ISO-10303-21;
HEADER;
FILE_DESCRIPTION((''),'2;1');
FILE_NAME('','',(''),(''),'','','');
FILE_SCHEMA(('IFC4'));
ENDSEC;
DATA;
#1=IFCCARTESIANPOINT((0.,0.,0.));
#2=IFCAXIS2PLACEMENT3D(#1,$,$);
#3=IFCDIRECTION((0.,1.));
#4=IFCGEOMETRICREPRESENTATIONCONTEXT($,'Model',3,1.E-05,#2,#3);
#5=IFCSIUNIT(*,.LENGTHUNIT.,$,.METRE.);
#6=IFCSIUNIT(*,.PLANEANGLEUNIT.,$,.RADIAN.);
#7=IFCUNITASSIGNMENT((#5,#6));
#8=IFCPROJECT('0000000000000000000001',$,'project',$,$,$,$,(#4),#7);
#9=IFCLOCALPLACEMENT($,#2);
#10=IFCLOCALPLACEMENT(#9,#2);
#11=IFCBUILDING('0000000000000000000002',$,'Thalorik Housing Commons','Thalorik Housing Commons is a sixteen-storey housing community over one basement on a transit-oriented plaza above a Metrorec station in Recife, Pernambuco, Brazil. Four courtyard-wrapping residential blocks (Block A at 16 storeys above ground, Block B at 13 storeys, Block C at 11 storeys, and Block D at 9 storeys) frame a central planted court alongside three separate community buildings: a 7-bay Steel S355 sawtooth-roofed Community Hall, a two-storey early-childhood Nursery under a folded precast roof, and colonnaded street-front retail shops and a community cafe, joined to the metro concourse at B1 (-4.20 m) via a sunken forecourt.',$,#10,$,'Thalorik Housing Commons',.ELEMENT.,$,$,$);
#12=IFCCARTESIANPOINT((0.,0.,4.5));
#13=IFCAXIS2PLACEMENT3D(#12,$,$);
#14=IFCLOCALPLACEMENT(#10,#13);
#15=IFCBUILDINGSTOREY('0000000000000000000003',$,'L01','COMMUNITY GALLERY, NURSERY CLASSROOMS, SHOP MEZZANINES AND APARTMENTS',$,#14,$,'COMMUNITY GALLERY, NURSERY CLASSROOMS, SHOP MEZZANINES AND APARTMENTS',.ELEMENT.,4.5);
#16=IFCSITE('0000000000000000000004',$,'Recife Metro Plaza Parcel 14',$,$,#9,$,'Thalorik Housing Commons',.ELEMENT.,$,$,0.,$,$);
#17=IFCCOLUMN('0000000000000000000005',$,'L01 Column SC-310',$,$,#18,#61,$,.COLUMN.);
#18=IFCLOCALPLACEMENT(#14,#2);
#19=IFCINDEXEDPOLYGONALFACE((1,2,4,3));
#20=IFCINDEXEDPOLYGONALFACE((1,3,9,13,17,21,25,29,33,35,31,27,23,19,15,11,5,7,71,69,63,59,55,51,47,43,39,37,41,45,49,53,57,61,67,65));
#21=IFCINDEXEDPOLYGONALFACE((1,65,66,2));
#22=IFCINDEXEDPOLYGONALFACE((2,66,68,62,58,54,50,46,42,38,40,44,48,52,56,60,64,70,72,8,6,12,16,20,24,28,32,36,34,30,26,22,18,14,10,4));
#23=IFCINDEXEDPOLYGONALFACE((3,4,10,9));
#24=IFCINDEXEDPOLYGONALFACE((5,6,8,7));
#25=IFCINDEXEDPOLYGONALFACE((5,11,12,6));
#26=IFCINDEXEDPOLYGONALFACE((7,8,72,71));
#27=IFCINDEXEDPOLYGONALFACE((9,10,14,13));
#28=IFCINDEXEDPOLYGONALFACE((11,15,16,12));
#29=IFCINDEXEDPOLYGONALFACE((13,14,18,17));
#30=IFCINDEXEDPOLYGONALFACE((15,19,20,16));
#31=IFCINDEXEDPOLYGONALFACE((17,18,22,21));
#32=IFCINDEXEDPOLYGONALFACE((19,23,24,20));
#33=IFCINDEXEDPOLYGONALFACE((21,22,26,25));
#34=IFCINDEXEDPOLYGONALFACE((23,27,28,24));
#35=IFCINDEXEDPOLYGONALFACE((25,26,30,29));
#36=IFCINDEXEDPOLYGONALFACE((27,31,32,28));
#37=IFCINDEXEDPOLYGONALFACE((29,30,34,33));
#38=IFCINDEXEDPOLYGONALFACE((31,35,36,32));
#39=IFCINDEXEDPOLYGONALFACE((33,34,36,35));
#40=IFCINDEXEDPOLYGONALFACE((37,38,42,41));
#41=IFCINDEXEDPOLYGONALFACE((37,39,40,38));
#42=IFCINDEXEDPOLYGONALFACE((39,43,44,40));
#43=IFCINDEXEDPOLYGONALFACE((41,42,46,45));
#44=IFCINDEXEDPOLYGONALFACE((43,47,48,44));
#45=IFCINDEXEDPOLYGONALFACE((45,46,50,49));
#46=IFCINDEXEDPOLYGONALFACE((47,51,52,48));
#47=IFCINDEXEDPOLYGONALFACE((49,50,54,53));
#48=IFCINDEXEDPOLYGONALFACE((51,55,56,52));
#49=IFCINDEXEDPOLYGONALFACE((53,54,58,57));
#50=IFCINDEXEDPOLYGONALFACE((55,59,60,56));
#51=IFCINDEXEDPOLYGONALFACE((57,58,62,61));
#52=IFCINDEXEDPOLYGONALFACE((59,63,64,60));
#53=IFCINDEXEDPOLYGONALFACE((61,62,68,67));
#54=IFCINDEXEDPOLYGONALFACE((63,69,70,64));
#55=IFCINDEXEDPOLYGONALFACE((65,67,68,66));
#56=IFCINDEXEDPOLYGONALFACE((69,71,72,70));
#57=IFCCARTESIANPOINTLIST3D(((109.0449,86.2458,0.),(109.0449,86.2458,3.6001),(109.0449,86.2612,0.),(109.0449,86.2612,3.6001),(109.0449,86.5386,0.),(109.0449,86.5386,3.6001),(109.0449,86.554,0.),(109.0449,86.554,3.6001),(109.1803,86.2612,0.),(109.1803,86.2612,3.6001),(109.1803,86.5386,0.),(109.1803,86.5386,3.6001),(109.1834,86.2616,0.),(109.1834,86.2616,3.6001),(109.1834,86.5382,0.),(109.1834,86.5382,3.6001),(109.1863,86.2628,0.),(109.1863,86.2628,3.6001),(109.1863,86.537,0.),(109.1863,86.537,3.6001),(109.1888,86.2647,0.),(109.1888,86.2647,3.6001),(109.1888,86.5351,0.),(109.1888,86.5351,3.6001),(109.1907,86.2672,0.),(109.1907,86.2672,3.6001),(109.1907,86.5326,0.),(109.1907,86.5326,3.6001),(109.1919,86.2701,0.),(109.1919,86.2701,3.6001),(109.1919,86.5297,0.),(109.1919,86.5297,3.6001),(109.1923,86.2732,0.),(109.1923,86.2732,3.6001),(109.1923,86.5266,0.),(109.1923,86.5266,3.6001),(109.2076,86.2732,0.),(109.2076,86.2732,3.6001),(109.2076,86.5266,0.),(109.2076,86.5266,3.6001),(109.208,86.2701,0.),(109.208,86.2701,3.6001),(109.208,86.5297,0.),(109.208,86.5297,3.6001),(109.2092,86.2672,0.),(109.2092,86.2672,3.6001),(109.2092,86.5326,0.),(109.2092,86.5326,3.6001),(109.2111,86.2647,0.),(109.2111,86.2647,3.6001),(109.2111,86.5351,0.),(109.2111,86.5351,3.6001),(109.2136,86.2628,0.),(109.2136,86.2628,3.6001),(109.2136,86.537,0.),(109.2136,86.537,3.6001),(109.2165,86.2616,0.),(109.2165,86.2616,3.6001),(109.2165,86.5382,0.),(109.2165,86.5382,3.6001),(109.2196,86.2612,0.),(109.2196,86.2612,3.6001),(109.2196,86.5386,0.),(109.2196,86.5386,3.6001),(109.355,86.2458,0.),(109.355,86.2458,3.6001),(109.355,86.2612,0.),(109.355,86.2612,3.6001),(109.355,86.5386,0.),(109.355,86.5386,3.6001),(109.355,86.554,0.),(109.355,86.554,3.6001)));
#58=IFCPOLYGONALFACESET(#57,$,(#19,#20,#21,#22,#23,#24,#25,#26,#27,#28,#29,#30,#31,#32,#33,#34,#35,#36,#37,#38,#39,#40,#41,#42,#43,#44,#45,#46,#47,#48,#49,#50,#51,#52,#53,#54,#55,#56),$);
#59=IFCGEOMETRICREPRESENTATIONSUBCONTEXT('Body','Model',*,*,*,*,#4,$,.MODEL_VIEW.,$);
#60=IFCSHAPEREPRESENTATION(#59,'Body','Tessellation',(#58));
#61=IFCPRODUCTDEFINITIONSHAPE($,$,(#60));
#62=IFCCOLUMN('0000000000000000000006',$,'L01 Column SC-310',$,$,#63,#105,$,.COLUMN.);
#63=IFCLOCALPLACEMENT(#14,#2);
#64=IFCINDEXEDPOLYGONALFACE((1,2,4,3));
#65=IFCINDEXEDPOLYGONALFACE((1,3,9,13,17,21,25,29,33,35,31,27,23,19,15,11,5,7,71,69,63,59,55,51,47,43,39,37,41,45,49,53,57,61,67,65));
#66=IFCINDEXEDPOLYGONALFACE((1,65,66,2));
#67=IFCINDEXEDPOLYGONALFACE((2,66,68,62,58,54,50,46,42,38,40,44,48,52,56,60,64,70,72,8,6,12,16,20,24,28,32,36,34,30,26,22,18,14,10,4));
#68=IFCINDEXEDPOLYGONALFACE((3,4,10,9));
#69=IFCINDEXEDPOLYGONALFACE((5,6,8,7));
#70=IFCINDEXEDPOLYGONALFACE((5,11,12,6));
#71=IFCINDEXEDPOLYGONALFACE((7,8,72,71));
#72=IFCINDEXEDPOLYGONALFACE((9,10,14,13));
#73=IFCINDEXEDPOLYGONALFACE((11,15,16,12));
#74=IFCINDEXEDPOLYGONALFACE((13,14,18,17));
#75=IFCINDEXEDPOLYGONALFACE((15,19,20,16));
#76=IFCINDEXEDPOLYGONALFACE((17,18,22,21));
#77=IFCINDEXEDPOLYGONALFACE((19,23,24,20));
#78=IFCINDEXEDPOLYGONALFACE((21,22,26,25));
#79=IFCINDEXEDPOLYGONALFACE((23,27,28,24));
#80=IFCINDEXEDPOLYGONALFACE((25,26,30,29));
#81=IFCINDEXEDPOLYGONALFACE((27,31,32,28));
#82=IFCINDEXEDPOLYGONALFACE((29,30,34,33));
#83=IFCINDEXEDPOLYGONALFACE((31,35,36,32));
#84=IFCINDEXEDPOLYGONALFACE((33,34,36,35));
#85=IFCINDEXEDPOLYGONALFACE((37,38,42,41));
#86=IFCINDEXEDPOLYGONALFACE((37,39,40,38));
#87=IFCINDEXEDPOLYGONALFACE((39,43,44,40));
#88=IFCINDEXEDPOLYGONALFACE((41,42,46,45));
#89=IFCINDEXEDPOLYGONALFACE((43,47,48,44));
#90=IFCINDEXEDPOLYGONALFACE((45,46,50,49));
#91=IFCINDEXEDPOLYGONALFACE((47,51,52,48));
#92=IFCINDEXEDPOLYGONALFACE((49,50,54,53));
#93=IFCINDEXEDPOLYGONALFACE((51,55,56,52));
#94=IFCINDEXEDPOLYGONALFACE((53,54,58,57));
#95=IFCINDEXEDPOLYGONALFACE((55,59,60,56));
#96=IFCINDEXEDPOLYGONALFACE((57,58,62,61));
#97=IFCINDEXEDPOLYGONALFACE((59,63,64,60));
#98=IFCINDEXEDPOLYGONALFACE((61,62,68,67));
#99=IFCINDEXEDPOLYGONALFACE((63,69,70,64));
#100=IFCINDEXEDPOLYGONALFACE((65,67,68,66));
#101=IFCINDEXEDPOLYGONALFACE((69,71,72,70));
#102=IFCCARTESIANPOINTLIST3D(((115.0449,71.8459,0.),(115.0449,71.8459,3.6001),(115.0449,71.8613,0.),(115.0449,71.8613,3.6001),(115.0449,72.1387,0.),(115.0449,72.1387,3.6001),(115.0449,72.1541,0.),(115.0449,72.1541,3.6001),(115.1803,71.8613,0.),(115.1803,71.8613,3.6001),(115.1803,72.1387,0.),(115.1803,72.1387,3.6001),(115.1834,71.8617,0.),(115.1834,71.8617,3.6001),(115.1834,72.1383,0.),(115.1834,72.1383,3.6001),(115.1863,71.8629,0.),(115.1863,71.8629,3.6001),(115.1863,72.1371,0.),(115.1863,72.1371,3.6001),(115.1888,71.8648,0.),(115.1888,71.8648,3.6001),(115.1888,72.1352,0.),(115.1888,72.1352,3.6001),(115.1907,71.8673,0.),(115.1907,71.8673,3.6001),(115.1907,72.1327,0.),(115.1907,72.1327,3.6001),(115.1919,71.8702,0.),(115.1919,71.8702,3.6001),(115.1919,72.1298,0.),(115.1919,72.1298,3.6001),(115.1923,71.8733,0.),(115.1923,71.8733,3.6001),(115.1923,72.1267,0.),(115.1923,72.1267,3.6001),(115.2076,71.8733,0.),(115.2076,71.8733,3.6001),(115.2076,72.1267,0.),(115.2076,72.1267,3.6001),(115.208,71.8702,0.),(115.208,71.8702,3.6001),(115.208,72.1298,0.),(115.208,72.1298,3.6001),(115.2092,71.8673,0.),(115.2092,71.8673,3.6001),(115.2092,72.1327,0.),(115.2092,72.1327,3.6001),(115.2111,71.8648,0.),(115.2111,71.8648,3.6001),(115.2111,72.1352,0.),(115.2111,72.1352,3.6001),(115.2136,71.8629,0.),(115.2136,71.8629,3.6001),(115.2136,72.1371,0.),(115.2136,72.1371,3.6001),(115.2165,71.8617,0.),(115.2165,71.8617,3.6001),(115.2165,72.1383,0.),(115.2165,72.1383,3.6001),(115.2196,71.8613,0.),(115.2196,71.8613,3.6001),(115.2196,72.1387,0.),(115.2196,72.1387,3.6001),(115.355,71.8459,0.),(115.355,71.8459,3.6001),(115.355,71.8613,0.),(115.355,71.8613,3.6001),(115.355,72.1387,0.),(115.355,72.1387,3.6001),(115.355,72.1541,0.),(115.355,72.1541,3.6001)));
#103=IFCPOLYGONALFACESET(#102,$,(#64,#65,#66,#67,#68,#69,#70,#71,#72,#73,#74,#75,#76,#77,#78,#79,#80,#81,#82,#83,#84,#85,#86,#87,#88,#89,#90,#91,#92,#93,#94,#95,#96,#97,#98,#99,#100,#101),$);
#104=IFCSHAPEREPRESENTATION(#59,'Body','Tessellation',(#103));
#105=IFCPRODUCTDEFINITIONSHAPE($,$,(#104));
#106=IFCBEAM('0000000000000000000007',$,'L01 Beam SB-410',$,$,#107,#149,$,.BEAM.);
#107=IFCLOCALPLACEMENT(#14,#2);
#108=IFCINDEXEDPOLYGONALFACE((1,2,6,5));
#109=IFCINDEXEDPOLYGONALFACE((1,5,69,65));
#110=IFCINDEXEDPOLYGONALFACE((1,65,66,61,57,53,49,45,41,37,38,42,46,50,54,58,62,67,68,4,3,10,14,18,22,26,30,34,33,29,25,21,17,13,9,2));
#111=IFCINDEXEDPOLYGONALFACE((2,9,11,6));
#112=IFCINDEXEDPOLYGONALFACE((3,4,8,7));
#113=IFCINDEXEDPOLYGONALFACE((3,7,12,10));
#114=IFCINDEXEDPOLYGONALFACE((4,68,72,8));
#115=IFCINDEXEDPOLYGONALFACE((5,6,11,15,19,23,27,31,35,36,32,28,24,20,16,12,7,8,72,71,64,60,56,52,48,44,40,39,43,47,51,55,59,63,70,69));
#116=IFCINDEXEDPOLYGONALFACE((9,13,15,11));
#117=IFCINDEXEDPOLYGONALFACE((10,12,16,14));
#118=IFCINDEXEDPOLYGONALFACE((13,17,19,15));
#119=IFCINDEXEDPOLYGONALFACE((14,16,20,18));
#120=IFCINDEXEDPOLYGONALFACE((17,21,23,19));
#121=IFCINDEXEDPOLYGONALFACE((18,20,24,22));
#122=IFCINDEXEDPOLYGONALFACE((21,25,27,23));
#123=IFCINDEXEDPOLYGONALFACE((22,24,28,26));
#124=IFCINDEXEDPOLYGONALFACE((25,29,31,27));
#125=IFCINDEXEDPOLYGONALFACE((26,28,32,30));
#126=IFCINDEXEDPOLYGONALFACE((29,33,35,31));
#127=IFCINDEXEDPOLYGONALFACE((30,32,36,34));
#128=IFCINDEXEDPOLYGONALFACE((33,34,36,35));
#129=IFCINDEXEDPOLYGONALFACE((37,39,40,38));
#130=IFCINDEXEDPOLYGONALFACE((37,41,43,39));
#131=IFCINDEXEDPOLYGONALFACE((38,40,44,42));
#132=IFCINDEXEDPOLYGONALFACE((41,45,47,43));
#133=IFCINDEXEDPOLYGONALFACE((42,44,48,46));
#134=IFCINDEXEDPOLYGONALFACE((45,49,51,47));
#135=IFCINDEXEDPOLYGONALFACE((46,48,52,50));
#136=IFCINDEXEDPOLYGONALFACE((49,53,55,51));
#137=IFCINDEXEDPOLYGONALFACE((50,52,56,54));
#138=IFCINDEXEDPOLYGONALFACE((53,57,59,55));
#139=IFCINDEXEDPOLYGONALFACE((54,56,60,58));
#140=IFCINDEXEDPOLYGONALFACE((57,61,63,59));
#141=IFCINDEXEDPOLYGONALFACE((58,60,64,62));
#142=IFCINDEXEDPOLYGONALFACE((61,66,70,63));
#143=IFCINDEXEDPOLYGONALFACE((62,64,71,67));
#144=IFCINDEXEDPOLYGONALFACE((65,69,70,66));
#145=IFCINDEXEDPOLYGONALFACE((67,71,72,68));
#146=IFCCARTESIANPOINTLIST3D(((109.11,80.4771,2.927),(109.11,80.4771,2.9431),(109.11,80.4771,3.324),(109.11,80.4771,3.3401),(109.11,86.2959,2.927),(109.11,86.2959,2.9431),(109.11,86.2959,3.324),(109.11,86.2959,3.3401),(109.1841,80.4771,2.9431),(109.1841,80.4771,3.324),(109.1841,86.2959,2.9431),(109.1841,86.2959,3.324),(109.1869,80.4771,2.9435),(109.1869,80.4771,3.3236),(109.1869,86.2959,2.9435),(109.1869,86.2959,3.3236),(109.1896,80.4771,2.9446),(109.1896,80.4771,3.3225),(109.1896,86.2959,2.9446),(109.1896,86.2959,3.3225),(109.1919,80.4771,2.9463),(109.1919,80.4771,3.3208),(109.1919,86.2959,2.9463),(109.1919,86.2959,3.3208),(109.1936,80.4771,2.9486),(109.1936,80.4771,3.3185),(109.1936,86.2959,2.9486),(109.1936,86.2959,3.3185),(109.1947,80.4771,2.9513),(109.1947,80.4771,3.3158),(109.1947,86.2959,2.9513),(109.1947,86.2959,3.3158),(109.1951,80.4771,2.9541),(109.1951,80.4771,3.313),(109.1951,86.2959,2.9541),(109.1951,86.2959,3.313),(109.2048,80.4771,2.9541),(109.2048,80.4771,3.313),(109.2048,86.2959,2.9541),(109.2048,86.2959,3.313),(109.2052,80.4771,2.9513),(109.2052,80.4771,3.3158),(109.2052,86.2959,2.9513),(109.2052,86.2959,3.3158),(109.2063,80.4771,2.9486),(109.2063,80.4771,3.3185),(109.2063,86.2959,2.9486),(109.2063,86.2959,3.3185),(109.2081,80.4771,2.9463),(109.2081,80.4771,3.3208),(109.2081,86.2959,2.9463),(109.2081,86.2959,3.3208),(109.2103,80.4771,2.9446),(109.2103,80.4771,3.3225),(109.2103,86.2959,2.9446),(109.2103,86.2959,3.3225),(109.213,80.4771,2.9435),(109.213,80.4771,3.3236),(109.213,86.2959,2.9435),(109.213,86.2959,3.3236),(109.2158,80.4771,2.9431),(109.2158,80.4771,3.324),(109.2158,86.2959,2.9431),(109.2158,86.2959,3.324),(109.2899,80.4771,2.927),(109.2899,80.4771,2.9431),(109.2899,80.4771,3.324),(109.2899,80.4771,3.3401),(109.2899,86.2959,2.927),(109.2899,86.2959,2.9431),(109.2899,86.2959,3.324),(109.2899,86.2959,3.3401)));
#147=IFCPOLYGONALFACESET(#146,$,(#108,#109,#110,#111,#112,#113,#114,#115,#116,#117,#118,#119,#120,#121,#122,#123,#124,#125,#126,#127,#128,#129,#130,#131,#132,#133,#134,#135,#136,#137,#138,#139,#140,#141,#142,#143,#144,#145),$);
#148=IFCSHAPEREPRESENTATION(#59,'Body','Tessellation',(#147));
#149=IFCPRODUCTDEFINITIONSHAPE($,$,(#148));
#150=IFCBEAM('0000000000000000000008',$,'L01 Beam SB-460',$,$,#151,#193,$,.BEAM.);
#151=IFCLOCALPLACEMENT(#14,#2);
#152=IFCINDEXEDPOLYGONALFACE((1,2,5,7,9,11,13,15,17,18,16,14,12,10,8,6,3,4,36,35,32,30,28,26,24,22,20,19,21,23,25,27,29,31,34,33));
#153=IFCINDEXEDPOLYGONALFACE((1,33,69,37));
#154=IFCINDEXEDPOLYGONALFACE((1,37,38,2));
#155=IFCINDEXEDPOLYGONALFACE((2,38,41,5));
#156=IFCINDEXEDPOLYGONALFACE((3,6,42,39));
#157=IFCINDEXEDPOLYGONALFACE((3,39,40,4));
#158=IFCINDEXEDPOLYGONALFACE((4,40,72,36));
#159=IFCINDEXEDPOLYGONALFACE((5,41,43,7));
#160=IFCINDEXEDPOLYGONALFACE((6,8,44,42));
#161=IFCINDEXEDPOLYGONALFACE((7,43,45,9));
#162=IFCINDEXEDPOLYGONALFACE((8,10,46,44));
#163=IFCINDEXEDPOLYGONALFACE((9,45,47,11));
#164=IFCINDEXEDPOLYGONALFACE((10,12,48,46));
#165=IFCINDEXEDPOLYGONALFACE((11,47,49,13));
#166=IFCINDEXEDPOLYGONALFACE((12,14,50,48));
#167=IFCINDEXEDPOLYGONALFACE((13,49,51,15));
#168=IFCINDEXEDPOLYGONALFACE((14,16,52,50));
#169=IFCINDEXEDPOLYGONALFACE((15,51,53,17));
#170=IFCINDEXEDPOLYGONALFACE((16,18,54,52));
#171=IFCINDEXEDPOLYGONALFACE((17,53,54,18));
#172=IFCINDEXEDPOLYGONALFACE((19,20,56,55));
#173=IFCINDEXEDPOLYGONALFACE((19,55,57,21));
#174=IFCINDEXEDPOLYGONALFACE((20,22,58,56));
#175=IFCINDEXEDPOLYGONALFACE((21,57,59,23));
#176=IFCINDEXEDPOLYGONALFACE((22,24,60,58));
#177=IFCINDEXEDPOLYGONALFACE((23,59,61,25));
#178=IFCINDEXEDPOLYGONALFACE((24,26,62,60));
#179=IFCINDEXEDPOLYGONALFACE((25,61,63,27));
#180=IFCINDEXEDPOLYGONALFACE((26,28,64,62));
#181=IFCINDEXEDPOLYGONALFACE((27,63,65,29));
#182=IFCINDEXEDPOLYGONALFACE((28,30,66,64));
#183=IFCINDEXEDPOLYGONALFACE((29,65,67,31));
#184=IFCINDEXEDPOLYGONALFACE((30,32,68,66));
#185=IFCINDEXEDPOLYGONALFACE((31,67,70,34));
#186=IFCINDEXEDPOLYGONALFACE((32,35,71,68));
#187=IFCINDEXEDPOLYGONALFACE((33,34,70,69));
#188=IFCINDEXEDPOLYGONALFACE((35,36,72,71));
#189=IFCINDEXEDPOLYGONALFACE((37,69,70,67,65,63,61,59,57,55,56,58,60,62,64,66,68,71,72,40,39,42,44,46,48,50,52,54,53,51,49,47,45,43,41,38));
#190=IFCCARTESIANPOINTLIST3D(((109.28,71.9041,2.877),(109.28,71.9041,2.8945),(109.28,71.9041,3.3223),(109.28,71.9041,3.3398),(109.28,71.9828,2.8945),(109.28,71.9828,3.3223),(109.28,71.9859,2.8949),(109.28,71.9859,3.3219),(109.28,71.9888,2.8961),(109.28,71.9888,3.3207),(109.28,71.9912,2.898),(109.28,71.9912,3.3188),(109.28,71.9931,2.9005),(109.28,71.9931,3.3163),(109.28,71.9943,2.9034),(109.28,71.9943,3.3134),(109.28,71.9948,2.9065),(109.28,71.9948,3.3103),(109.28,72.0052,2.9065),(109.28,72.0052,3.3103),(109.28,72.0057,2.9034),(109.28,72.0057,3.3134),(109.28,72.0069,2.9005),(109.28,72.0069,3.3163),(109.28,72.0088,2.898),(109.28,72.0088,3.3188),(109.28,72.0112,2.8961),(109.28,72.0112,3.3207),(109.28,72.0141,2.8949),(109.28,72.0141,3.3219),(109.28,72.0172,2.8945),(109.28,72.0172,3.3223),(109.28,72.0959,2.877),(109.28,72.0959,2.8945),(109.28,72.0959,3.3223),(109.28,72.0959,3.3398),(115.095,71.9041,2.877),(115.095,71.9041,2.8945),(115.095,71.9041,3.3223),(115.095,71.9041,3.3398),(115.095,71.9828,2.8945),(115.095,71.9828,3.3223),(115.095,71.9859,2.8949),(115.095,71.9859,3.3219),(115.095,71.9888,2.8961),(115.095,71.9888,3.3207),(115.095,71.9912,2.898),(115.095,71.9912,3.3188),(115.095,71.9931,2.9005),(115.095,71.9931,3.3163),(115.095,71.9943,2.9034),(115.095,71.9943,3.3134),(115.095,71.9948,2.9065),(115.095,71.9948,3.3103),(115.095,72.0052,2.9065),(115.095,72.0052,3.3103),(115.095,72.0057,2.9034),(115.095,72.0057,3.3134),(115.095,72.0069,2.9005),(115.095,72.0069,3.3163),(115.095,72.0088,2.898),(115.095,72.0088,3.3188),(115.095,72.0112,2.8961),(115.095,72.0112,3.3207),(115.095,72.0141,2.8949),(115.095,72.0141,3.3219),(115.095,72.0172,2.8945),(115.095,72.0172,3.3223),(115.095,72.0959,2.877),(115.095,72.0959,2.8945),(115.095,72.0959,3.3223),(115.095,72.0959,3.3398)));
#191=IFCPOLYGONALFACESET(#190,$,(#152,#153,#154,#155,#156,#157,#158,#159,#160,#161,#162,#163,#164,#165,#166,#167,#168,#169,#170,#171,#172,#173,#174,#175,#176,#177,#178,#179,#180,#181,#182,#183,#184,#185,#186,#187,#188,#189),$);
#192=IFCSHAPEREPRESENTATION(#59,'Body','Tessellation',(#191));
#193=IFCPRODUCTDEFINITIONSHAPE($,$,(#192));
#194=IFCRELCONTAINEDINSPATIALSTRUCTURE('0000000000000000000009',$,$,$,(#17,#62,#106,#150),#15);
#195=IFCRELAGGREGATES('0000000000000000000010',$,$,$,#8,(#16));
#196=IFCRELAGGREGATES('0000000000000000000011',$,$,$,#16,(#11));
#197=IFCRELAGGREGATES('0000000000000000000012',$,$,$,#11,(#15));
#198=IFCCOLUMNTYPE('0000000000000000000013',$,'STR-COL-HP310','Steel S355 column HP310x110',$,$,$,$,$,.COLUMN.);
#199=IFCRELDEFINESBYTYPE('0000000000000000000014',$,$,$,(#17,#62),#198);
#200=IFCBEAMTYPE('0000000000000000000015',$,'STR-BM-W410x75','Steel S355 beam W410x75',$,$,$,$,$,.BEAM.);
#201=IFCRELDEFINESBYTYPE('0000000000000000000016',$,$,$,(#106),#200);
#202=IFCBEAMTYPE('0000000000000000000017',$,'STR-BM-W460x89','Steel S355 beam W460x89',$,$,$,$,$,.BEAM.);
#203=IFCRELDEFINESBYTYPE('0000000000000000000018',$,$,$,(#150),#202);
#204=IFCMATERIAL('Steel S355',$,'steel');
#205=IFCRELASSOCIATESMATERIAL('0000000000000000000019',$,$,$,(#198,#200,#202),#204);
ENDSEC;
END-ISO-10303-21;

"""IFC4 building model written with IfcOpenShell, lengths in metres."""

from ifc_helpers import new_model, si_unit, direction, frame, origin, origin_2d, place, context, subcontext, project, spatial, i_section, extrude, material, material_profile, profile_set, type_object, element, save


model = new_model("IFC4")

# Units and contexts
model_context = context("Model", 3, precision=1e-05, world=origin(), true_north=direction((0.0, 1.0)))
body_context = subcontext(model_context, "Body", "Model", "MODEL_VIEW")
ifc_project = project(units=[si_unit("LENGTHUNIT", "METRE"), si_unit("PLANEANGLEUNIT", "RADIAN")], contexts=[model_context])

# Site, building, storey
site_placement = place(None, origin())
site = spatial("IfcSite", under=ifc_project, at=site_placement, Name="Recife Metro Plaza Parcel 14", LongName="Thalorik Housing Commons", CompositionType="ELEMENT", RefElevation=0.0)
building_placement = place(site_placement, origin())
building = spatial("IfcBuilding", under=site, at=building_placement, Name="Thalorik Housing Commons", Description="Thalorik Housing Commons is a sixteen-storey housing community over one basement on a transit-oriented plaza above a Metrorec station in Recife, Pernambuco, Brazil. Four courtyard-wrapping residential blocks (Block A at 16 storeys above ground, Block B at 13 storeys, Block C at 11 storeys, and Block D at 9 storeys) frame a central planted court alongside three separate community buildings: a 7-bay Steel S355 sawtooth-roofed Community Hall, a two-storey early-childhood Nursery under a folded precast roof, and colonnaded street-front retail shops and a community cafe, joined to the metro concourse at B1 (-4.20 m) via a sunken forecourt.", LongName="Thalorik Housing Commons", CompositionType="ELEMENT")
storey_placement = place(building_placement, frame((0.0, 0.0, 4.5)))
storey = spatial("IfcBuildingStorey", under=building, at=storey_placement, Name="L01", Description="COMMUNITY GALLERY, NURSERY CLASSROOMS, SHOP MEZZANINES AND APARTMENTS", LongName="COMMUNITY GALLERY, NURSERY CLASSROOMS, SHOP MEZZANINES AND APARTMENTS", CompositionType="ELEMENT", Elevation=4.5)

# Columns
ifc_material_1 = material(Name="Steel S355", Category="steel")
ifc_material_profile_1 = material_profile(ifc_material_1, i_section(OverallWidth=0.3101, OverallDepth=0.3081, WebThickness=0.0154, FlangeThickness=0.0154, FilletRadius=0.012, at=origin_2d()), Name="HP310x110", Category="steel")
ifc_profile_set_1 = profile_set([ifc_material_profile_1], Name="Steel S355")
column_type_1 = type_object("IfcColumnType", Name="STR-COL-HP310", Description="Steel S355 column HP310x110", PredefinedType="COLUMN", material=ifc_profile_set_1)
for number, where, z_axis, x_axis, name in (
    (1, (109.2, 86.3999, 0.0), (0.0, 0.0, 1.0), (1.0, 0.0, 0.0), "L01 Column SC-310"),
    (2, (115.2, 72.0, 0.0), (0.0, 0.0, 1.0), (1.0, 0.0, 0.0), "L01 Column SC-310"),
):
    element("IfcColumn", number, at=place(storey_placement, frame(where, z_axis=z_axis, x_axis=x_axis)), inside=storey, type_object=column_type_1, Name=name, PredefinedType="COLUMN", context=body_context, shape_type="SweptSolid", body=[
        extrude(i_section(OverallWidth=0.3101, OverallDepth=0.3081, WebThickness=0.0154, FlangeThickness=0.0154, FilletRadius=0.012, at=origin_2d()), origin(), (0.0, 0.0, 1.0), 3.6001),
    ])

# Beams
ifc_material_profile_2 = material_profile(ifc_material_1, i_section(OverallWidth=0.1799, OverallDepth=0.4131, WebThickness=0.0098, FlangeThickness=0.0161, FilletRadius=0.011, at=origin_2d()), Name="W410x75", Category="steel")
ifc_profile_set_2 = profile_set([ifc_material_profile_2], Name="Steel S355")
beam_type_1 = type_object("IfcBeamType", Name="STR-BM-W410x75", Description="Steel S355 beam W410x75", PredefinedType="BEAM", material=ifc_profile_set_2)
beam_1_placement = place(storey_placement, frame((109.2, 80.4771, 3.1335), z_axis=(0.0, 1.0, 0.0), x_axis=(-1.0, 0.0, 0.0)))
element("IfcBeam", 3, at=beam_1_placement, inside=storey, type_object=beam_type_1, Name="L01 Beam SB-410", PredefinedType="BEAM", context=body_context, shape_type="SweptSolid", body=[
    extrude(i_section(OverallWidth=0.1799, OverallDepth=0.4131, WebThickness=0.0098, FlangeThickness=0.0161, FilletRadius=0.011, at=origin_2d()), origin(), (0.0, 0.0, 1.0), 5.8188),
])
ifc_material_profile_3 = material_profile(ifc_material_1, i_section(OverallWidth=0.1919, OverallDepth=0.4629, WebThickness=0.0105, FlangeThickness=0.0176, FilletRadius=0.012, at=origin_2d()), Name="W460x89", Category="steel")
ifc_profile_set_3 = profile_set([ifc_material_profile_3], Name="Steel S355")
beam_type_2 = type_object("IfcBeamType", Name="STR-BM-W460x89", Description="Steel S355 beam W460x89", PredefinedType="BEAM", material=ifc_profile_set_3)
for number, where, z_axis, x_axis, name in (
    (4, (109.28, 72.0, 3.1084), (1.0, 0.0, 0.0), (0.0, 1.0, 0.0), "L01 Beam SB-460"),
):
    element("IfcBeam", number, at=place(storey_placement, frame(where, z_axis=z_axis, x_axis=x_axis)), inside=storey, type_object=beam_type_2, Name=name, PredefinedType="BEAM", context=body_context, shape_type="SweptSolid", body=[
        extrude(i_section(OverallWidth=0.1919, OverallDepth=0.4629, WebThickness=0.0105, FlangeThickness=0.0176, FilletRadius=0.012, at=origin_2d()), origin(), (0.0, 0.0, 1.0), 5.8149),
    ])

save(model, "model.ifc")
